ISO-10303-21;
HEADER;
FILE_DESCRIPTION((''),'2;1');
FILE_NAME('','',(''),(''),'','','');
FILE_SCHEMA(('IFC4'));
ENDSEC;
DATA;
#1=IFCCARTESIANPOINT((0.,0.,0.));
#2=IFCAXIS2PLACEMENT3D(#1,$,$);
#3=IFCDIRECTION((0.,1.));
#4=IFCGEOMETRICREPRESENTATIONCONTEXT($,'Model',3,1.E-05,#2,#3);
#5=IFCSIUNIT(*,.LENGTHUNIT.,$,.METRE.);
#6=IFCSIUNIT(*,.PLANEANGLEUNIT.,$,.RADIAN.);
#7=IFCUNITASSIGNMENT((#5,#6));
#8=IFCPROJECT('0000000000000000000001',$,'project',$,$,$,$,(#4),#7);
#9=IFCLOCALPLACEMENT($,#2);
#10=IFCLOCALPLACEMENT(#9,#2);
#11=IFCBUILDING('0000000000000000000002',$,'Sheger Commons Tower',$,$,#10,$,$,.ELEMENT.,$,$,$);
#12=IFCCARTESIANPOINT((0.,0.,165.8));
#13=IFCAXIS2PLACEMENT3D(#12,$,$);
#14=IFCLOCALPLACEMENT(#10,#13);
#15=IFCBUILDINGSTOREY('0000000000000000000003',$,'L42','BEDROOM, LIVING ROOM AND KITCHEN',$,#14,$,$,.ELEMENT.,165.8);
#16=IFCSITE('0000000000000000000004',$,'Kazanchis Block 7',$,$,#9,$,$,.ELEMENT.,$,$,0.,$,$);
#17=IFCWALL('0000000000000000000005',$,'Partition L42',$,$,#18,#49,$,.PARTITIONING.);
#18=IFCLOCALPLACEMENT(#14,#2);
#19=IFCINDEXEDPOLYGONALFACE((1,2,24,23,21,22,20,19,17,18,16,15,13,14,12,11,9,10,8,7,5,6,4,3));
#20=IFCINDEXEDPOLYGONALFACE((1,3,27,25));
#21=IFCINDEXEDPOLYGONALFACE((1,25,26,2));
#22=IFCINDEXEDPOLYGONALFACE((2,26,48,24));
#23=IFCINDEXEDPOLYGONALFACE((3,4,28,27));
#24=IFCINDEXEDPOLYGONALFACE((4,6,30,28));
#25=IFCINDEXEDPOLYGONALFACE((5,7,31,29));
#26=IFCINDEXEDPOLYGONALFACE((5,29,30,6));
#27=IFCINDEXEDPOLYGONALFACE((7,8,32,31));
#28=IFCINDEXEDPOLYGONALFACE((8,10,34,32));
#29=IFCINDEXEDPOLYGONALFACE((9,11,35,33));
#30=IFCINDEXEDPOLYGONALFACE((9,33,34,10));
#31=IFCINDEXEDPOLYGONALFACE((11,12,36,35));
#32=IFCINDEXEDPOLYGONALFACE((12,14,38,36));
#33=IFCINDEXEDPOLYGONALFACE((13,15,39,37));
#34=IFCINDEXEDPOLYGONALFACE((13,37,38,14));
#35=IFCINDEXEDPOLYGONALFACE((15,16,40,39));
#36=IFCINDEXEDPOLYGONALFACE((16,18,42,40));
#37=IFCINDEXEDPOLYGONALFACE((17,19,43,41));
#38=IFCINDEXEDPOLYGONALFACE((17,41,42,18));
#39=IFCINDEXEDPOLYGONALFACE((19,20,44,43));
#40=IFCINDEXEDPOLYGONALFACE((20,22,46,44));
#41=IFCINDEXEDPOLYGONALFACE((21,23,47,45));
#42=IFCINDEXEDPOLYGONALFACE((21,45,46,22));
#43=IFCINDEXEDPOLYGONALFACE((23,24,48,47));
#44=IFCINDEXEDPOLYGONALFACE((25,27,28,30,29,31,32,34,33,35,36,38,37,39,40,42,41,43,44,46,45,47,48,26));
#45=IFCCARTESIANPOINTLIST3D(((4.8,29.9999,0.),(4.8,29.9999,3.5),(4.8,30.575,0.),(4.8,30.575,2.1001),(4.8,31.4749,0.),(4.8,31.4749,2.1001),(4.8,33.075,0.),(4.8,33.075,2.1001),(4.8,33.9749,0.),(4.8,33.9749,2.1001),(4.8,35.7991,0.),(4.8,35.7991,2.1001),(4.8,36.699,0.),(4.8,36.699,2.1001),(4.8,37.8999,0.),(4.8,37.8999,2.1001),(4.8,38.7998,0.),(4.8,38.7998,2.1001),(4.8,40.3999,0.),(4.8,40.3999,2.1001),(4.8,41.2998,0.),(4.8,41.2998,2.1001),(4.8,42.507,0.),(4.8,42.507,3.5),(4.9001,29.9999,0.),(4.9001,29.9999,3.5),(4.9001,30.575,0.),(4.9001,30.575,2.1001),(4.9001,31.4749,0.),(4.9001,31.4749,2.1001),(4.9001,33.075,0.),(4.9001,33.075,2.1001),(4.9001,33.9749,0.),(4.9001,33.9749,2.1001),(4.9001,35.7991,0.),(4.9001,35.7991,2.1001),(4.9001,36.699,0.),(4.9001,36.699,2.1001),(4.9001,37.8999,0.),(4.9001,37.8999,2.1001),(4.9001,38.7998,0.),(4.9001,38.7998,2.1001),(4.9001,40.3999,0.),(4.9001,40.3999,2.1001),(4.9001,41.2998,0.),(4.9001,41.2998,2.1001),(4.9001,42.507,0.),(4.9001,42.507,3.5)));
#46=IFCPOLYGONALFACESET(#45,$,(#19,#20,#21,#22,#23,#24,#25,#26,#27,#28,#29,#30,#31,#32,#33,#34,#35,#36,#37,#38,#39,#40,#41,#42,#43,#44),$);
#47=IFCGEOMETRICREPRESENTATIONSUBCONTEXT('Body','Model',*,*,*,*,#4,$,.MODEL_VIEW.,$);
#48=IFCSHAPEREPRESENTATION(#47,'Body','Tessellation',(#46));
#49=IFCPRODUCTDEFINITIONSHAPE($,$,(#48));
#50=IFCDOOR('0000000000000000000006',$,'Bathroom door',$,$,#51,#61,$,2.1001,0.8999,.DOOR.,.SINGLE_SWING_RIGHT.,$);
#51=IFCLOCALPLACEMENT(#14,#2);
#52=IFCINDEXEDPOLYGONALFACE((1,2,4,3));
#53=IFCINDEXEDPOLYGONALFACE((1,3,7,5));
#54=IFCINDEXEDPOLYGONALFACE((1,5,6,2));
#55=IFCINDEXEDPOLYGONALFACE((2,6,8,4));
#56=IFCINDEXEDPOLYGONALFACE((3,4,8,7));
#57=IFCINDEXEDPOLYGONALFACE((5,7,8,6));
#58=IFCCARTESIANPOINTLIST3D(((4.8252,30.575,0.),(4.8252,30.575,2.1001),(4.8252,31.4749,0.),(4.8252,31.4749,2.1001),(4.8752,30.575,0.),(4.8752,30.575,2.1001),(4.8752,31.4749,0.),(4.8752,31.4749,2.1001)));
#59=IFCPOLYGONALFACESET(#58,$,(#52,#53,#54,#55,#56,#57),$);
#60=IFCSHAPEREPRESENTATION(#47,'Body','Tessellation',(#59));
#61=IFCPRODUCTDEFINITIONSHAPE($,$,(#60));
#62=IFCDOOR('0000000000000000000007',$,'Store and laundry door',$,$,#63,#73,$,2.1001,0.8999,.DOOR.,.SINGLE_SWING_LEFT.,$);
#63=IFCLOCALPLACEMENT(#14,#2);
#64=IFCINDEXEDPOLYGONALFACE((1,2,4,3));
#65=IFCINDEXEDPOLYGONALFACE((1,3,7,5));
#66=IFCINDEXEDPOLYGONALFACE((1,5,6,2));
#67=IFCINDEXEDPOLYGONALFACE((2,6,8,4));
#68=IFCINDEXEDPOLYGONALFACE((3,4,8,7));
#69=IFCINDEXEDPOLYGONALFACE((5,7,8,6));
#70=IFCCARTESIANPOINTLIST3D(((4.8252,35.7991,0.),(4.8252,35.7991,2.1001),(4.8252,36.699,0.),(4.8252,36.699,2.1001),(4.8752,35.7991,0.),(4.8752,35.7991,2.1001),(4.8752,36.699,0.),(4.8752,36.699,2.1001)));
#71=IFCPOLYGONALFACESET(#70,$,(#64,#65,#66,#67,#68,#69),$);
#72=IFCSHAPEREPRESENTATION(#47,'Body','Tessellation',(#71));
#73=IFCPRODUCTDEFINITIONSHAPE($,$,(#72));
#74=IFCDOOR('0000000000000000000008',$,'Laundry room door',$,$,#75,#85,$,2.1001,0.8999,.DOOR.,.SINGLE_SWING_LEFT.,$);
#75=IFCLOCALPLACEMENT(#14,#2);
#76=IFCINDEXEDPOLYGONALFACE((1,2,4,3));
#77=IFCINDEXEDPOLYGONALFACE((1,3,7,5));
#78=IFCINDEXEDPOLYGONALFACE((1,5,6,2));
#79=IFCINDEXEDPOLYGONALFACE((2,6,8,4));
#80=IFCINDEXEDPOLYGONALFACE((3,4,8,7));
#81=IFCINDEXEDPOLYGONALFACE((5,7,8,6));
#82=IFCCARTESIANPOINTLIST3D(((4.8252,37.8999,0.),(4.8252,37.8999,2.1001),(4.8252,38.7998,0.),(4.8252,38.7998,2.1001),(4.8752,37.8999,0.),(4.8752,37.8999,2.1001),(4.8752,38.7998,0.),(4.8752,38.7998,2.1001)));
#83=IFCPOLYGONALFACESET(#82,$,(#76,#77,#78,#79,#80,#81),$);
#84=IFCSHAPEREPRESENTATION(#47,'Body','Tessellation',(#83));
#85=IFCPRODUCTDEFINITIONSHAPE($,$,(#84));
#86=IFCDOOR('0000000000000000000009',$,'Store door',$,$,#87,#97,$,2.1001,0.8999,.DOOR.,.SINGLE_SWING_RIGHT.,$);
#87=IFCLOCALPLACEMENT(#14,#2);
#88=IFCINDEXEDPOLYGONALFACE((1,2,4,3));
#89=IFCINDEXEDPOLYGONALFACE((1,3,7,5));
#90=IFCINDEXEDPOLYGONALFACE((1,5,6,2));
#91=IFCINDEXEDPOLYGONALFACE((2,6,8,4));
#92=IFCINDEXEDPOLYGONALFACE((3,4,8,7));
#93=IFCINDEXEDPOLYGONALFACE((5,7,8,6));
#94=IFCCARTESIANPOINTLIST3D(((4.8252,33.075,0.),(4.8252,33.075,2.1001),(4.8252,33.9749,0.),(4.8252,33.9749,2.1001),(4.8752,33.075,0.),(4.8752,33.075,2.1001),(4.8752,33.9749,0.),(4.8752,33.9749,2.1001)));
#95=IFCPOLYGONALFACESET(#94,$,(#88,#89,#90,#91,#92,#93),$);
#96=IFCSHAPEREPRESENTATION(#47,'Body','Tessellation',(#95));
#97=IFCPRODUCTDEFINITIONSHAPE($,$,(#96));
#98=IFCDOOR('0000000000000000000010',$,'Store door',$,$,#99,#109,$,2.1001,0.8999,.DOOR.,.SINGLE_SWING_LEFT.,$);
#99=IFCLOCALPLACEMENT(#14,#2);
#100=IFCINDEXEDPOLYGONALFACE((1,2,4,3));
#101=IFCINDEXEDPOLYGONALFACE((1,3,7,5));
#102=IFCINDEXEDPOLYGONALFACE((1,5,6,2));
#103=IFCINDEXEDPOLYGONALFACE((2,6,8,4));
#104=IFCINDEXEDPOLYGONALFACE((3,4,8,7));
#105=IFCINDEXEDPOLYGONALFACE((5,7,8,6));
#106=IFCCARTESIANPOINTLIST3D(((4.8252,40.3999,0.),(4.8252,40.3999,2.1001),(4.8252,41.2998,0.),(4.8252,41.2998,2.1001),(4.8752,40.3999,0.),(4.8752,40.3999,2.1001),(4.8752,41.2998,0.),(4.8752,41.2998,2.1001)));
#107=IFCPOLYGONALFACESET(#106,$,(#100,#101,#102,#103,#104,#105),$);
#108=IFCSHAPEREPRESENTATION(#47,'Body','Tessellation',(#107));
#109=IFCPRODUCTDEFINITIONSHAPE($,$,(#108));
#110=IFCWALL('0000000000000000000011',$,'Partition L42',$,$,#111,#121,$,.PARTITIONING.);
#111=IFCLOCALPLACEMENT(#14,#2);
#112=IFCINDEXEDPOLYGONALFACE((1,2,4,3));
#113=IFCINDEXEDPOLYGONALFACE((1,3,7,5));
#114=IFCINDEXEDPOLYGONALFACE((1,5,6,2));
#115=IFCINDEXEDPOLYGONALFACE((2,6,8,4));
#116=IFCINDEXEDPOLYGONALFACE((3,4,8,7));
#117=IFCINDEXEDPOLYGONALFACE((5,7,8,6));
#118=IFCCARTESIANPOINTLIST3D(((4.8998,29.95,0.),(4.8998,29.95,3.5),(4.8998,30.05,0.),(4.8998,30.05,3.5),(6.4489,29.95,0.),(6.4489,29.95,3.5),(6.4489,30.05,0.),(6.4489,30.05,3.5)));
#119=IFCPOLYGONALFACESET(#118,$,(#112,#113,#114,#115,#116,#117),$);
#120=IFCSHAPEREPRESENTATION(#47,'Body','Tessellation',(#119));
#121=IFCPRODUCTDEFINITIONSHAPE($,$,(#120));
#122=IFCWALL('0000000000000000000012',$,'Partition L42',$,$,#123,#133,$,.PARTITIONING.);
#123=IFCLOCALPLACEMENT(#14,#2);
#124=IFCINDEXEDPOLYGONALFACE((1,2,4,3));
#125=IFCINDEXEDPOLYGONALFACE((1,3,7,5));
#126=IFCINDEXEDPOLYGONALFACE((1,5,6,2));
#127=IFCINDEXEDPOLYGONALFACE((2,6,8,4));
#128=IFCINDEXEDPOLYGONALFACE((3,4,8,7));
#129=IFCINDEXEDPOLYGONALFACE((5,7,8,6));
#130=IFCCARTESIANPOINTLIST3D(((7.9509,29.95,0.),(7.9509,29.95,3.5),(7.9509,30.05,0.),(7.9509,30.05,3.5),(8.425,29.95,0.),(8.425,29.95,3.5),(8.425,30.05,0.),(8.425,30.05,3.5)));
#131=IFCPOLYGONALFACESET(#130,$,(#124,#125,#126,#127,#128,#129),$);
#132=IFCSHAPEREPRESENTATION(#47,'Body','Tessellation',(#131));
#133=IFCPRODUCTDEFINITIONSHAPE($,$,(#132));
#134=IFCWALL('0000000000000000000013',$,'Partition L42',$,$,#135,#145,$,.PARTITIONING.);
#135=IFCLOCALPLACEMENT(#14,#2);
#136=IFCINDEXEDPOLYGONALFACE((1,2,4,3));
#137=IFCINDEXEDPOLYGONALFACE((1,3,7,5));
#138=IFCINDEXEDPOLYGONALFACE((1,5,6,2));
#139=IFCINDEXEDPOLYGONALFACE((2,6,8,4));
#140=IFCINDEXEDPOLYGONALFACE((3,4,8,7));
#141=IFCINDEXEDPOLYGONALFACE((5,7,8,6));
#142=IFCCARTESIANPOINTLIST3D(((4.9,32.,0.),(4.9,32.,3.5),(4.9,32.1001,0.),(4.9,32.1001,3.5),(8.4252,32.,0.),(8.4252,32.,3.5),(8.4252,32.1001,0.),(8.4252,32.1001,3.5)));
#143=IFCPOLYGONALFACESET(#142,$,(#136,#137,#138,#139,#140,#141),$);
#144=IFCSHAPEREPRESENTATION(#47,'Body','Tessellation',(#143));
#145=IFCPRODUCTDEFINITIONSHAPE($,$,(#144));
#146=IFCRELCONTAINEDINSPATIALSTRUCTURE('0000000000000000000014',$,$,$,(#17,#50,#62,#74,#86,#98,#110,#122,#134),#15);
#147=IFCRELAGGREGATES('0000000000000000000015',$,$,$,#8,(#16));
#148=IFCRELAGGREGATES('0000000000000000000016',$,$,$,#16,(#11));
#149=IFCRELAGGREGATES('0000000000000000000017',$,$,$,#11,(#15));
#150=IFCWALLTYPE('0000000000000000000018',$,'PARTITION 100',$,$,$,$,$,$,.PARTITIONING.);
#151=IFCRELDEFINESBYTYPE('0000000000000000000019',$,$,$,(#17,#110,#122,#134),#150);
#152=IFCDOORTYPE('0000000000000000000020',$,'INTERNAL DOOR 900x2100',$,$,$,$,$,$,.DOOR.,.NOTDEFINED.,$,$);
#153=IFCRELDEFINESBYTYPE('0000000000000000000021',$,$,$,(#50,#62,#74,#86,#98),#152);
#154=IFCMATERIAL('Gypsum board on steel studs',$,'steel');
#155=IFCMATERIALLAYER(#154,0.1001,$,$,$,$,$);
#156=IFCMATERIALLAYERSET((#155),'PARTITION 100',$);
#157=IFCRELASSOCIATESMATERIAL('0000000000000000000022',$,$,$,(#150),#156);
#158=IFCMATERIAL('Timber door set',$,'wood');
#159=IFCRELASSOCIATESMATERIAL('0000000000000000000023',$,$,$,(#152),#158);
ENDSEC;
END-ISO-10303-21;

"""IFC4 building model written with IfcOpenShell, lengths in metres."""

from ifc_helpers import new_model, si_unit, direction, frame, frame_2d, origin, place, context, subcontext, project, spatial, rectangle, extrude, material, layer, layer_set, type_object, element, fill, save


model = new_model("IFC4")

# Units and contexts
model_context = context("Model", 3, precision=1e-05, world=origin(), true_north=direction((0.0, 1.0)))
body_context = subcontext(model_context, "Body", "Model", "MODEL_VIEW")
ifc_project = project(units=[si_unit("LENGTHUNIT", "METRE"), si_unit("PLANEANGLEUNIT", "RADIAN")], contexts=[model_context])

# Site, building, storey
site_placement = place(None, origin())
site = spatial("IfcSite", under=ifc_project, at=site_placement, Name="Kazanchis Block 7", CompositionType="ELEMENT", RefElevation=0.0)
building_placement = place(site_placement, origin())
building = spatial("IfcBuilding", under=site, at=building_placement, Name="Sheger Commons Tower", CompositionType="ELEMENT")
storey_placement = place(building_placement, frame((0.0, 0.0, 165.8)))
storey = spatial("IfcBuildingStorey", under=building, at=storey_placement, Name="L42", Description="BEDROOM, LIVING ROOM AND KITCHEN", CompositionType="ELEMENT", Elevation=165.8)

# Shared definitions
ifc_material_1 = material(Name="Gypsum board on steel studs", Category="steel")
ifc_layer_1 = layer(ifc_material_1, 0.1001)
ifc_layer_set_1 = layer_set([ifc_layer_1], Name="PARTITION 100")
wall_type_1 = type_object("IfcWallType", Name="PARTITION 100", PredefinedType="PARTITIONING", material=ifc_layer_set_1)

# Wall, openings, doors
wall_1_placement = place(storey_placement, frame((4.8501, 30.0, 0.0), z_axis=(0.0, 0.0, 1.0), x_axis=(0.0, 1.0, 0.0)))
wall_1 = element("IfcWall", 1, at=wall_1_placement, inside=storey, type_object=wall_type_1, Name="Partition L42", PredefinedType="PARTITIONING", context=body_context, shape_type="SweptSolid", body=[
    extrude(rectangle(XDim=12.5071, YDim=0.1001, at=frame_2d((6.2534, 0.0))), origin(), (0.0, 0.0, 1.0), 3.5),
])
opening_1_placement = place(wall_1_placement, frame((0.575, 0.0, 0.0)))
opening_1 = element("IfcOpeningElement", 2, at=opening_1_placement, cuts=wall_1, PredefinedType="OPENING", context=body_context, shape_type="SweptSolid", body=[
    extrude(rectangle(XDim=0.8999, YDim=2.1001, at=frame_2d((0.45, 1.05))), frame((0.0, 0.0601, 0.0), z_axis=(0.0, -1.0, 0.0), x_axis=(1.0, 0.0, 0.0)), (0.0, 0.0, 1.0), 0.1201),
])
opening_2_placement = place(wall_1_placement, frame((5.7991, 0.0, 0.0)))
opening_2 = element("IfcOpeningElement", 3, at=opening_2_placement, cuts=wall_1, PredefinedType="OPENING", context=body_context, shape_type="SweptSolid", body=[
    extrude(rectangle(XDim=0.8999, YDim=2.1001, at=frame_2d((0.45, 1.05))), frame((0.0, 0.0601, 0.0), z_axis=(0.0, -1.0, 0.0), x_axis=(1.0, 0.0, 0.0)), (0.0, 0.0, 1.0), 0.1201),
])
opening_3_placement = place(wall_1_placement, frame((7.8999, 0.0, 0.0)))
opening_3 = element("IfcOpeningElement", 4, at=opening_3_placement, cuts=wall_1, PredefinedType="OPENING", context=body_context, shape_type="SweptSolid", body=[
    extrude(rectangle(XDim=0.8999, YDim=2.1001, at=frame_2d((0.45, 1.05))), frame((0.0, 0.0601, 0.0), z_axis=(0.0, -1.0, 0.0), x_axis=(1.0, 0.0, 0.0)), (0.0, 0.0, 1.0), 0.1201),
])
opening_4_placement = place(wall_1_placement, frame((3.075, 0.0, 0.0)))
opening_4 = element("IfcOpeningElement", 5, at=opening_4_placement, cuts=wall_1, PredefinedType="OPENING", context=body_context, shape_type="SweptSolid", body=[
    extrude(rectangle(XDim=0.8999, YDim=2.1001, at=frame_2d((0.45, 1.05))), frame((0.0, 0.0601, 0.0), z_axis=(0.0, -1.0, 0.0), x_axis=(1.0, 0.0, 0.0)), (0.0, 0.0, 1.0), 0.1201),
])
opening_5_placement = place(wall_1_placement, frame((10.3999, 0.0, 0.0)))
opening_5 = element("IfcOpeningElement", 6, at=opening_5_placement, cuts=wall_1, PredefinedType="OPENING", context=body_context, shape_type="SweptSolid", body=[
    extrude(rectangle(XDim=0.8999, YDim=2.1001, at=frame_2d((0.45, 1.05))), frame((0.0, 0.0601, 0.0), z_axis=(0.0, -1.0, 0.0), x_axis=(1.0, 0.0, 0.0)), (0.0, 0.0, 1.0), 0.1201),
])
ifc_material_2 = material(Name="Timber door set", Category="wood")
door_type_1 = type_object("IfcDoorType", Name="INTERNAL DOOR 900x2100", OperationType="NOTDEFINED", PredefinedType="DOOR", material=ifc_material_2)
door_1_placement = place(opening_1_placement, origin())
door_1 = element("IfcDoor", 7, at=door_1_placement, inside=storey, type_object=door_type_1, Name="Bathroom door", OperationType="SINGLE_SWING_RIGHT", OverallHeight=2.1001, OverallWidth=0.8999, PredefinedType="DOOR", context=body_context, shape_type="SweptSolid", body=[
    extrude(rectangle(XDim=0.8999, YDim=2.1001, at=frame_2d((0.45, 1.05))), frame((0.0, 0.0249, 0.0), z_axis=(0.0, -1.0, 0.0), x_axis=(1.0, 0.0, 0.0)), (0.0, 0.0, 1.0), 0.05),
])
fill(opening_1, door_1)
door_2_placement = place(opening_2_placement, origin())
door_2 = element("IfcDoor", 8, at=door_2_placement, inside=storey, type_object=door_type_1, Name="Store and laundry door", OperationType="SINGLE_SWING_LEFT", OverallHeight=2.1001, OverallWidth=0.8999, PredefinedType="DOOR", context=body_context, shape_type="SweptSolid", body=[
    extrude(rectangle(XDim=0.8999, YDim=2.1001, at=frame_2d((0.45, 1.05))), frame((0.0, 0.0249, 0.0), z_axis=(0.0, -1.0, 0.0), x_axis=(1.0, 0.0, 0.0)), (0.0, 0.0, 1.0), 0.05),
])
fill(opening_2, door_2)
door_3_placement = place(opening_3_placement, origin())
door_3 = element("IfcDoor", 9, at=door_3_placement, inside=storey, type_object=door_type_1, Name="Laundry room door", OperationType="SINGLE_SWING_LEFT", OverallHeight=2.1001, OverallWidth=0.8999, PredefinedType="DOOR", context=body_context, shape_type="SweptSolid", body=[
    extrude(rectangle(XDim=0.8999, YDim=2.1001, at=frame_2d((0.45, 1.05))), frame((0.0, 0.0249, 0.0), z_axis=(0.0, -1.0, 0.0), x_axis=(1.0, 0.0, 0.0)), (0.0, 0.0, 1.0), 0.05),
])
fill(opening_3, door_3)
door_4_placement = place(opening_4_placement, origin())
door_4 = element("IfcDoor", 10, at=door_4_placement, inside=storey, type_object=door_type_1, Name="Store door", OperationType="SINGLE_SWING_RIGHT", OverallHeight=2.1001, OverallWidth=0.8999, PredefinedType="DOOR", context=body_context, shape_type="SweptSolid", body=[
    extrude(rectangle(XDim=0.8999, YDim=2.1001, at=frame_2d((0.45, 1.05))), frame((0.0, 0.0249, 0.0), z_axis=(0.0, -1.0, 0.0), x_axis=(1.0, 0.0, 0.0)), (0.0, 0.0, 1.0), 0.05),
])
fill(opening_4, door_4)
door_5_placement = place(opening_5_placement, origin())
door_5 = element("IfcDoor", 11, at=door_5_placement, inside=storey, type_object=door_type_1, Name="Store door", OperationType="SINGLE_SWING_LEFT", OverallHeight=2.1001, OverallWidth=0.8999, PredefinedType="DOOR", context=body_context, shape_type="SweptSolid", body=[
    extrude(rectangle(XDim=0.8999, YDim=2.1001, at=frame_2d((0.45, 1.05))), frame((0.0, 0.0249, 0.0), z_axis=(0.0, -1.0, 0.0), x_axis=(1.0, 0.0, 0.0)), (0.0, 0.0, 1.0), 0.05),
])
fill(opening_5, door_5)

# Walls
wall_2_placement = place(storey_placement, frame((4.8999, 30.0, 0.0), z_axis=(0.0, 0.0, 1.0), x_axis=(1.0, 0.0, 0.0)))
element("IfcWall", 12, at=wall_2_placement, inside=storey, type_object=wall_type_1, Name="Partition L42", PredefinedType="PARTITIONING", context=body_context, shape_type="SweptSolid", body=[
    extrude(rectangle(XDim=1.5491, YDim=0.1001, at=frame_2d((0.7744, 0.0))), origin(), (0.0, 0.0, 1.0), 3.5),
])
wall_3_placement = place(storey_placement, frame((7.9509, 30.0, 0.0), z_axis=(0.0, 0.0, 1.0), x_axis=(1.0, 0.0, 0.0)))
element("IfcWall", 13, at=wall_3_placement, inside=storey, type_object=wall_type_1, Name="Partition L42", PredefinedType="PARTITIONING", context=body_context, shape_type="SweptSolid", body=[
    extrude(rectangle(XDim=0.4741, YDim=0.1001, at=frame_2d((0.2371, 0.0))), origin(), (0.0, 0.0, 1.0), 3.5),
])
wall_4_placement = place(storey_placement, frame((4.8999, 32.05, 0.0), z_axis=(0.0, 0.0, 1.0), x_axis=(1.0, 0.0, 0.0)))
element("IfcWall", 14, at=wall_4_placement, inside=storey, type_object=wall_type_1, Name="Partition L42", PredefinedType="PARTITIONING", context=body_context, shape_type="SweptSolid", body=[
    extrude(rectangle(XDim=3.5251, YDim=0.1001, at=frame_2d((1.7627, 0.0))), origin(), (0.0, 0.0, 1.0), 3.5),
])

save(model, "model.ifc")
